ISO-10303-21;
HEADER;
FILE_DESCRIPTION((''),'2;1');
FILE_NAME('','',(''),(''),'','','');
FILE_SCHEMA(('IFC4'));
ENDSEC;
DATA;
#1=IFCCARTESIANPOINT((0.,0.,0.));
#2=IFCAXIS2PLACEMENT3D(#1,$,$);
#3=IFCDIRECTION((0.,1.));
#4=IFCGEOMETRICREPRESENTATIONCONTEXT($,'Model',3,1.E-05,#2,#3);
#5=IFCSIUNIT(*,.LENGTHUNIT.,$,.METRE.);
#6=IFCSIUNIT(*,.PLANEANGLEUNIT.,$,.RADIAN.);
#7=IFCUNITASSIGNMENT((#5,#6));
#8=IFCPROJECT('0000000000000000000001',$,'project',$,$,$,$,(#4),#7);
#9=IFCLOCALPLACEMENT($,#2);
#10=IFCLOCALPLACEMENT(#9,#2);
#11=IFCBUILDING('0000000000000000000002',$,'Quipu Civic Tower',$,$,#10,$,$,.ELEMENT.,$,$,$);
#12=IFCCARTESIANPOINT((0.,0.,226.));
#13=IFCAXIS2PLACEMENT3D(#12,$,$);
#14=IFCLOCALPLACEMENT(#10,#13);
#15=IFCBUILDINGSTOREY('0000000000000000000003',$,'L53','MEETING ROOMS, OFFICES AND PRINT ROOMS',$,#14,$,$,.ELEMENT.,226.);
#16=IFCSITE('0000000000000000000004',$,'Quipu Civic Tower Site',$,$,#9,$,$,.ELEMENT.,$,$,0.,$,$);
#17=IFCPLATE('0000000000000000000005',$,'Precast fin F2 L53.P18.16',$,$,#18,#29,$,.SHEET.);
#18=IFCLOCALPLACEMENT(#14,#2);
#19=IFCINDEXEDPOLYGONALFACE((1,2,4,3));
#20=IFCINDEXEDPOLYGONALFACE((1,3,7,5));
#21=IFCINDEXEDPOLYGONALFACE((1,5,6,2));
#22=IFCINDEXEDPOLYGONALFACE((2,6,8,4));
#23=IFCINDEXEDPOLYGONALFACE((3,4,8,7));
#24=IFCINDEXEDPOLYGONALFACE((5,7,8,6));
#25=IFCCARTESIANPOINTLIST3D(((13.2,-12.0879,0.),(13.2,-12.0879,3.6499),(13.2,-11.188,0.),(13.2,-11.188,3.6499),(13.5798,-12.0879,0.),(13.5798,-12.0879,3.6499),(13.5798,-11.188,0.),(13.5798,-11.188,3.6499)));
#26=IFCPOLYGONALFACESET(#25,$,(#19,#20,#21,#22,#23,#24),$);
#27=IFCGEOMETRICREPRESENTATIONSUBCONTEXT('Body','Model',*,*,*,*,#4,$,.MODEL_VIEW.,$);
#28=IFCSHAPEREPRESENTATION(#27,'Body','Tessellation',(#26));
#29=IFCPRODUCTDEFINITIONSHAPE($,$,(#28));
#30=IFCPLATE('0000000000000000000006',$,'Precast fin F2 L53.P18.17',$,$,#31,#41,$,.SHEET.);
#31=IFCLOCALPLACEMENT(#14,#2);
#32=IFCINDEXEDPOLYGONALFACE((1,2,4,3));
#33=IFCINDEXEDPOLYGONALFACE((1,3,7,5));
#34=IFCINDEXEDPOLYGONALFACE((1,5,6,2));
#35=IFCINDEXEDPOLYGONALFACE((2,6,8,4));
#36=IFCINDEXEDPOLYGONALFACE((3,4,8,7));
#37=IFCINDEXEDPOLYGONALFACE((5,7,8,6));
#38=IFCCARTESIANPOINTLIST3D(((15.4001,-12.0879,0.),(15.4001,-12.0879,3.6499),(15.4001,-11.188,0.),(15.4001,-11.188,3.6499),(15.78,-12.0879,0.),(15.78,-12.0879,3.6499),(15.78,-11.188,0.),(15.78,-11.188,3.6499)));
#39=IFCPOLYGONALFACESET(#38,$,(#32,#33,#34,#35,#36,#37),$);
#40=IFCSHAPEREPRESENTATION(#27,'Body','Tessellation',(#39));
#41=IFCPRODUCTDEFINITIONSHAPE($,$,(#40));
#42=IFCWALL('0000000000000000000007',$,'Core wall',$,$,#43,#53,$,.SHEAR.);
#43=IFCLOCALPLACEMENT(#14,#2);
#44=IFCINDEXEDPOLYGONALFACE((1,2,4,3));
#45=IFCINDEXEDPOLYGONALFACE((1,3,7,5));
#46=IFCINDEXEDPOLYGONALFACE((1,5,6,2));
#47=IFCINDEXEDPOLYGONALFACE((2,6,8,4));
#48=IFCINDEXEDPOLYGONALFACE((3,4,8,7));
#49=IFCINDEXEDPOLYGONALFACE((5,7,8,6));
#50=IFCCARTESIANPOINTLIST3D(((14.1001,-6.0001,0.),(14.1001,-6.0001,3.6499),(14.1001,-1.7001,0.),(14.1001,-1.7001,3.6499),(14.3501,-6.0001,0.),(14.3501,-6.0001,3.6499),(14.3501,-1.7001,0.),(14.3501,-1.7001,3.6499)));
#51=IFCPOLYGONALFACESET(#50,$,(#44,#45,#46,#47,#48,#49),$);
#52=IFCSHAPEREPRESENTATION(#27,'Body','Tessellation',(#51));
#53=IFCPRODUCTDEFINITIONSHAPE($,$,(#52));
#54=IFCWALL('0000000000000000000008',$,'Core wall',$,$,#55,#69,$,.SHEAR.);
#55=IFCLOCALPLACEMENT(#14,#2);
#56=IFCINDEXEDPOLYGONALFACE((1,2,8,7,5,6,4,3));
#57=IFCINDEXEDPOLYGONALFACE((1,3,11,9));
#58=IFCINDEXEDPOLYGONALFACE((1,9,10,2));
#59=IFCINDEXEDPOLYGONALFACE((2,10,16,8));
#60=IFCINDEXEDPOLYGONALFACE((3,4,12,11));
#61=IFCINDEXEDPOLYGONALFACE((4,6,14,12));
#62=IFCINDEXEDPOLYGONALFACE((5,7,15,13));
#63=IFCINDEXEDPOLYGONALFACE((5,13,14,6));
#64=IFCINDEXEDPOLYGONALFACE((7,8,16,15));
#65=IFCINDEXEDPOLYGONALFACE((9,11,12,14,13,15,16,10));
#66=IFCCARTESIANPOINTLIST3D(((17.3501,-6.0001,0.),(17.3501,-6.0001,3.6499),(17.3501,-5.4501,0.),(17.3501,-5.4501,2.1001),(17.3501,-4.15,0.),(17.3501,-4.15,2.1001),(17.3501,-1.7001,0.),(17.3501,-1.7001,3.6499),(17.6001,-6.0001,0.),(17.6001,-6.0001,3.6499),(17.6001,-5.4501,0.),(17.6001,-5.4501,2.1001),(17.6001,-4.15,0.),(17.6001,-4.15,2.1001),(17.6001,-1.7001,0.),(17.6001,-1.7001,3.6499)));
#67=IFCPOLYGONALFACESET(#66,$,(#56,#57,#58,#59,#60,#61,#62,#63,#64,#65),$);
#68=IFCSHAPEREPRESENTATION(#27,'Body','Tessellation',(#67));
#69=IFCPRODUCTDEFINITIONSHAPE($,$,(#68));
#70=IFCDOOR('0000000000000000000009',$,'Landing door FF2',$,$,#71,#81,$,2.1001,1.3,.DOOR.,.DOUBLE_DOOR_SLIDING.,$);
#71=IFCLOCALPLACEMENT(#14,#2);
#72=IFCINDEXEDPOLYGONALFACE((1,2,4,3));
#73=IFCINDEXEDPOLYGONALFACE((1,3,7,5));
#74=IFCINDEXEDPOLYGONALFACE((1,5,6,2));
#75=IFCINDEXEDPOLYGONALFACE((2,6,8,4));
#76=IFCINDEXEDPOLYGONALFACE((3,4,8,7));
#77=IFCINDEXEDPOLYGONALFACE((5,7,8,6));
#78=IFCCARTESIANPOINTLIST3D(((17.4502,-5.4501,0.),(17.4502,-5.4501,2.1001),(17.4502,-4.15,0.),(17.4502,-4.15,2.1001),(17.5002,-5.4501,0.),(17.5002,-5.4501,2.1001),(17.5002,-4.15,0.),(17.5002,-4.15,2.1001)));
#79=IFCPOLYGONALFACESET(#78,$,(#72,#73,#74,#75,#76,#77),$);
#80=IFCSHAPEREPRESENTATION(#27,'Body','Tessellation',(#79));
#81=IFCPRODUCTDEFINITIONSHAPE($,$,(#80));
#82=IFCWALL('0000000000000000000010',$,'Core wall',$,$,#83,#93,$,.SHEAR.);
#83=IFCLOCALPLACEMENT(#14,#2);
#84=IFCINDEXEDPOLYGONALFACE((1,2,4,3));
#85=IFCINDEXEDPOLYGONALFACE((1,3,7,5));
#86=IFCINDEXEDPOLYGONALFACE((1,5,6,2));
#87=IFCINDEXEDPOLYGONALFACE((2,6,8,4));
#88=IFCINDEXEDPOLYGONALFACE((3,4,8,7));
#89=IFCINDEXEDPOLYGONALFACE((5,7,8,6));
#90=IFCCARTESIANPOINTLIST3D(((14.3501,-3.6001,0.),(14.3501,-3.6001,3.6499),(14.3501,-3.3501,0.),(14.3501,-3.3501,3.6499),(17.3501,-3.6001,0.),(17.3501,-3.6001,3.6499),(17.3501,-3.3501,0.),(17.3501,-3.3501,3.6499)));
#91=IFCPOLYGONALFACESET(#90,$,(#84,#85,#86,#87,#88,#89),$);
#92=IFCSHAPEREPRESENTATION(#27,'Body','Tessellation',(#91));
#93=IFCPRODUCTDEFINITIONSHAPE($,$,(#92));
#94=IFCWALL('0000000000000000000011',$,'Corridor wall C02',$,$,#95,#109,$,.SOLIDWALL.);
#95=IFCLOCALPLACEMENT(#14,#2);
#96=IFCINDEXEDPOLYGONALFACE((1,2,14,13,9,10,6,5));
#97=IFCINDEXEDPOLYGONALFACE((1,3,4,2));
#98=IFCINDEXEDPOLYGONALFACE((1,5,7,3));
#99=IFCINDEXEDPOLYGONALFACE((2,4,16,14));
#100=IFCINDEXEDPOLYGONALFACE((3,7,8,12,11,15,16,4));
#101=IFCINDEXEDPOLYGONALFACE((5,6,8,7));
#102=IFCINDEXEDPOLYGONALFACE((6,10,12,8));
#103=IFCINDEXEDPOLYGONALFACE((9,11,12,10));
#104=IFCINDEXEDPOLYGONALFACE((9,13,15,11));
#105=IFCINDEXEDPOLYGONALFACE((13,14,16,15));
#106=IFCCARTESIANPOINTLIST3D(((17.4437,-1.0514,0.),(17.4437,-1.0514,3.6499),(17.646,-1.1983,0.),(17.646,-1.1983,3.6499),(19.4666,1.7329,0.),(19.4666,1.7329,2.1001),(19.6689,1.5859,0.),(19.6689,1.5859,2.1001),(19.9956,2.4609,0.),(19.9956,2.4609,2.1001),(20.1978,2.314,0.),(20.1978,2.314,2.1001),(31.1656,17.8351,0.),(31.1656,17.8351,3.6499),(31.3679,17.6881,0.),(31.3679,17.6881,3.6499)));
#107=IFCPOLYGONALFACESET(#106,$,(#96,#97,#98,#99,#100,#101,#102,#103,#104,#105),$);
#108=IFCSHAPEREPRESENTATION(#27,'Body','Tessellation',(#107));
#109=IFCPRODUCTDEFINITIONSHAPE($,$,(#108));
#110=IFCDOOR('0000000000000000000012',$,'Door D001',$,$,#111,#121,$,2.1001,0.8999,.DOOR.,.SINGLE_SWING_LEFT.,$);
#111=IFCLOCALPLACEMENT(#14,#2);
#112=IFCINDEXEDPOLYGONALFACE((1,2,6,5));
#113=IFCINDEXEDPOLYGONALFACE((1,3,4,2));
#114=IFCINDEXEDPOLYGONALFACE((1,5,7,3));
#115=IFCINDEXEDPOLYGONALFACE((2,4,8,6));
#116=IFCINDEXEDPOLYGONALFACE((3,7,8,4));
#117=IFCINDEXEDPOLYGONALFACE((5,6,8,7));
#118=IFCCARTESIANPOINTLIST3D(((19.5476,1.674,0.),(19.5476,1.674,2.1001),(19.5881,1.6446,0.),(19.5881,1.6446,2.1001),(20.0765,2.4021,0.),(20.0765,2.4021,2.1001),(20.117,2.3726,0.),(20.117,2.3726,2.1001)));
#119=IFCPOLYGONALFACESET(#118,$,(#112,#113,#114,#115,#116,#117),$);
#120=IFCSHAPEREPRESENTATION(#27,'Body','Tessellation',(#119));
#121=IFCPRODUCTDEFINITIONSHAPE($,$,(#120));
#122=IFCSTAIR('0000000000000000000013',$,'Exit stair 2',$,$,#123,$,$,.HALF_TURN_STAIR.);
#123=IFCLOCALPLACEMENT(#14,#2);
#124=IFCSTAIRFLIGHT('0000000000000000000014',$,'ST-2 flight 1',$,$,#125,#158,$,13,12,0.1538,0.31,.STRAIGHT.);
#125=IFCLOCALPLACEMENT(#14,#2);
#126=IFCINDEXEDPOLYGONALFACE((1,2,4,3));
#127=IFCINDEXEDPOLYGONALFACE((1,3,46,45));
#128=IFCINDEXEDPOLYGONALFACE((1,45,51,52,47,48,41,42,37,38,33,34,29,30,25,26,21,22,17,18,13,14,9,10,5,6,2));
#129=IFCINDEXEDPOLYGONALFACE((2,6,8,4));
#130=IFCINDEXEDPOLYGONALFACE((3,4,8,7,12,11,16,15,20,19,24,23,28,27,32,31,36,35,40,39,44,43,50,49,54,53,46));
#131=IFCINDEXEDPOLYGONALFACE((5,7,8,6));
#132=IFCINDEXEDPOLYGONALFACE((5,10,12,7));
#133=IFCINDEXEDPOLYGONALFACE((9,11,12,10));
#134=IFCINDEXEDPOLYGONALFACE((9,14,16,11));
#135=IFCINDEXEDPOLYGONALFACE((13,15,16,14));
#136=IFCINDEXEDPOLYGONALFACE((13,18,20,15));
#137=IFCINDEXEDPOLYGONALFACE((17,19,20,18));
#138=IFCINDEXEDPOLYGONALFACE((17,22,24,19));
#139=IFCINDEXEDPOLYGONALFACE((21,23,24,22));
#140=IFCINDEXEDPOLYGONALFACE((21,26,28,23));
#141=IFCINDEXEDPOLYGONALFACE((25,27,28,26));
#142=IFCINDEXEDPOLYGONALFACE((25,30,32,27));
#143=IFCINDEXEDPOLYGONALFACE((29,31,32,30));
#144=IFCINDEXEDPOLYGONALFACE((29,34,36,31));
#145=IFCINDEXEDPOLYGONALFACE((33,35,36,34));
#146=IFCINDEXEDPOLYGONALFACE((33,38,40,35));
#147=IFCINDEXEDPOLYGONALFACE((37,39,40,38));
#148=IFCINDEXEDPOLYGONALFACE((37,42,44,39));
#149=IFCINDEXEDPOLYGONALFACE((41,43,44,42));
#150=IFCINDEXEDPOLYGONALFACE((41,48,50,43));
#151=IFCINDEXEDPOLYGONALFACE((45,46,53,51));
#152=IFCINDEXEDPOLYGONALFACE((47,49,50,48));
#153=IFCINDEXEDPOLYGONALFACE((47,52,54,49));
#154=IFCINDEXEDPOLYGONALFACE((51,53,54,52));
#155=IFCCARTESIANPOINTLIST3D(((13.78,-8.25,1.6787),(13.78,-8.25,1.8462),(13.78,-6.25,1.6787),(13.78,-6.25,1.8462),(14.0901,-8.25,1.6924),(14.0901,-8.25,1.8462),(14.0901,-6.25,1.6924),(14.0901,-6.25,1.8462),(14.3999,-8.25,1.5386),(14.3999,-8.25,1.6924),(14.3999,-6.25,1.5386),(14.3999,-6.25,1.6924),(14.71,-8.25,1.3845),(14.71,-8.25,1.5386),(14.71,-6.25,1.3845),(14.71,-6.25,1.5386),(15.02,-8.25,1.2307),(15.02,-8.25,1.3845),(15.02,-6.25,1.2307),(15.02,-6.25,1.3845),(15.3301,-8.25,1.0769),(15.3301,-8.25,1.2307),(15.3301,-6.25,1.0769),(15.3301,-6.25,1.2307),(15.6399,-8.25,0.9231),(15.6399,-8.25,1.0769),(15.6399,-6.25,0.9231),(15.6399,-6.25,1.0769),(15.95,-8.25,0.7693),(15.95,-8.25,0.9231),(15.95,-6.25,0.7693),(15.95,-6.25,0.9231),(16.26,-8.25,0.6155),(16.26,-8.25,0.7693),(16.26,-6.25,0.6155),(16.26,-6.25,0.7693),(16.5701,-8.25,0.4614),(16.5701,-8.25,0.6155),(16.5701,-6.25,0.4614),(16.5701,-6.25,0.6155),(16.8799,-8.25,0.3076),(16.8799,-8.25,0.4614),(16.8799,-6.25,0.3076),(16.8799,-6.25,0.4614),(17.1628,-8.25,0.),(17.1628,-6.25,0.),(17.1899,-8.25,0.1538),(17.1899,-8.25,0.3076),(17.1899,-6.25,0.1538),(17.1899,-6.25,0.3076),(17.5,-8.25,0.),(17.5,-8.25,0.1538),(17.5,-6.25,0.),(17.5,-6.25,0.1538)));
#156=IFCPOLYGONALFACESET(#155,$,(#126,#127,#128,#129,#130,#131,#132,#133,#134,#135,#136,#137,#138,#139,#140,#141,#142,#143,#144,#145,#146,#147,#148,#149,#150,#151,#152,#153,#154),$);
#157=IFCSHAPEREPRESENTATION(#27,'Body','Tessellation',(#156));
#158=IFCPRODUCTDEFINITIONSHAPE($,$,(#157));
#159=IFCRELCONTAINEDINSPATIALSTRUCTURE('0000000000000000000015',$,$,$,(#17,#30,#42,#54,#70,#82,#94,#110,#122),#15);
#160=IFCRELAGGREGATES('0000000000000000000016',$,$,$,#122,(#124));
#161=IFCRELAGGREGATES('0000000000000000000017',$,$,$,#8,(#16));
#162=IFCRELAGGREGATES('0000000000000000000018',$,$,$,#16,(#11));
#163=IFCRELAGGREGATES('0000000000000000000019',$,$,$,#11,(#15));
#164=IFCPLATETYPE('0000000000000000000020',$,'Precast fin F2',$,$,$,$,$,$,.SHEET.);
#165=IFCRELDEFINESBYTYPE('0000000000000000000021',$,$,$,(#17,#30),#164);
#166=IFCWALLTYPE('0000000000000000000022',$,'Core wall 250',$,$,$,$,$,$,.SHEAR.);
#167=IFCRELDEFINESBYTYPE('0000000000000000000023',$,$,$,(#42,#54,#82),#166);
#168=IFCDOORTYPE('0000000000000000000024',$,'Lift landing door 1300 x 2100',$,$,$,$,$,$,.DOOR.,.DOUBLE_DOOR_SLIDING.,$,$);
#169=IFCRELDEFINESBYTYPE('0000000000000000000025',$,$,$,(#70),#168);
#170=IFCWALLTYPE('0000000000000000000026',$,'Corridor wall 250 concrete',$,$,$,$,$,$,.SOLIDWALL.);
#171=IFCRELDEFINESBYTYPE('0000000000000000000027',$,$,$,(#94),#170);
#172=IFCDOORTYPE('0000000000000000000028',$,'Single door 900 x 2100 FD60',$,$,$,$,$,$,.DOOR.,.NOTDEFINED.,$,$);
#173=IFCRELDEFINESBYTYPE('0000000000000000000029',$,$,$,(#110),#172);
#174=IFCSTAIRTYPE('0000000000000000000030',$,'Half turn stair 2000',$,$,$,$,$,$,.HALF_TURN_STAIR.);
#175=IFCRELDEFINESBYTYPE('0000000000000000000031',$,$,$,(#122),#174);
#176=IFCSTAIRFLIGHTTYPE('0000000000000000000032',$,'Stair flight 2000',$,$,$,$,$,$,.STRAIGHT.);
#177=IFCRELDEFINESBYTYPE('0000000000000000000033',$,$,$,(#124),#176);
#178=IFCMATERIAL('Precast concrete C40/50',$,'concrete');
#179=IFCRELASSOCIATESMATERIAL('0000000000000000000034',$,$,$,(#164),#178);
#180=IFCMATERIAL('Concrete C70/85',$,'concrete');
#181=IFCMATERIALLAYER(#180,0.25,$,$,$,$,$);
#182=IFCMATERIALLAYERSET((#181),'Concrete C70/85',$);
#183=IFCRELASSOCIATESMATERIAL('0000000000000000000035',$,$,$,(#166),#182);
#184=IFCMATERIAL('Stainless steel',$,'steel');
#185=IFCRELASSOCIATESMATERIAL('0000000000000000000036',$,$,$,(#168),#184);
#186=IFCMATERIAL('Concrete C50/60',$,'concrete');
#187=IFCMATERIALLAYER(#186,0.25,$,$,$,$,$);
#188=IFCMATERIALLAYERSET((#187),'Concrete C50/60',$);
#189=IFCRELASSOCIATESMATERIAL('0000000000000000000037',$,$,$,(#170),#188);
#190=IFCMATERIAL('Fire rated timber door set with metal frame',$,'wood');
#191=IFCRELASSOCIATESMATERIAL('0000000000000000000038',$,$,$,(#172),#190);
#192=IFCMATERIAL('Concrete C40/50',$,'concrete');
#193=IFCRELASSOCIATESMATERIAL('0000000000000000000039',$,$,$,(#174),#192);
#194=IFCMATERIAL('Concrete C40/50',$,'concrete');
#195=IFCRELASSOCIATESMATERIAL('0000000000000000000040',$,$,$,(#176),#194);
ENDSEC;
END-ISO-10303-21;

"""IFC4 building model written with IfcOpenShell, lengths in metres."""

from ifc_helpers import new_model, si_unit, direction, frame, frame_2d, origin, origin_2d, place, context, subcontext, project, spatial, polyline, rectangle, outline, extrude, material, layer, layer_set, type_object, element, fill, aggregate, save


model = new_model("IFC4")

# Units and contexts
model_context = context("Model", 3, precision=1e-05, world=origin(), true_north=direction((0.0, 1.0)))
body_context = subcontext(model_context, "Body", "Model", "MODEL_VIEW")
ifc_project = project(units=[si_unit("LENGTHUNIT", "METRE"), si_unit("PLANEANGLEUNIT", "RADIAN")], contexts=[model_context])

# Site, building, storey
site_placement = place(None, origin())
site = spatial("IfcSite", under=ifc_project, at=site_placement, Name="Quipu Civic Tower Site", CompositionType="ELEMENT", RefElevation=0.0)
building_placement = place(site_placement, origin())
building = spatial("IfcBuilding", under=site, at=building_placement, Name="Quipu Civic Tower", CompositionType="ELEMENT")
storey_placement = place(building_placement, frame((0.0, 0.0, 226.0)))
storey = spatial("IfcBuildingStorey", under=building, at=storey_placement, Name="L53", Description="MEETING ROOMS, OFFICES AND PRINT ROOMS", CompositionType="ELEMENT", Elevation=226.0)

# Plates
ifc_material_1 = material(Name="Precast concrete C40/50", Category="concrete")
plate_type = type_object("IfcPlateType", Name="Precast fin F2", PredefinedType="SHEET", material=ifc_material_1)
for number, where, z_axis, x_axis, name in (
    (1, (13.3899, -11.6379, 0.0), (0.0, 0.0, 1.0), (1.0, 0.0, 0.0), "Precast fin F2 L53.P18.16"),
    (2, (15.5901, -11.6379, 0.0), (0.0, 0.0, 1.0), (1.0, 0.0, 0.0), "Precast fin F2 L53.P18.17"),
):
    element("IfcPlate", number, at=place(storey_placement, frame(where, z_axis=z_axis, x_axis=x_axis)), inside=storey, type_object=plate_type, Name=name, PredefinedType="SHEET", context=body_context, shape_type="SweptSolid", body=[
        extrude(rectangle(XDim=0.3799, YDim=0.8999, at=origin_2d()), origin(), (0.0, 0.0, 1.0), 3.6499),
    ])

# Shared definitions
ifc_material_2 = material(Name="Concrete C70/85", Category="concrete")
ifc_layer_1 = layer(ifc_material_2, 0.25)
ifc_layer_set_1 = layer_set([ifc_layer_1], Name="Concrete C70/85")
wall_type_1 = type_object("IfcWallType", Name="Core wall 250", PredefinedType="SHEAR", material=ifc_layer_set_1)

# Wall
wall_1_placement = place(storey_placement, frame((14.2251, -6.0, 0.0), z_axis=(0.0, 0.0, 1.0), x_axis=(0.0, 1.0, 0.0)))
element("IfcWall", 3, at=wall_1_placement, inside=storey, type_object=wall_type_1, Name="Core wall", PredefinedType="SHEAR", context=body_context, shape_type="SweptSolid", body=[
    extrude(rectangle(XDim=4.3, YDim=0.25, at=frame_2d((2.1499, 0.0))), origin(), (0.0, 0.0, 1.0), 3.6499),
])

# Wall, opening, door
wall_2_placement = place(storey_placement, frame((17.4751, -6.0, 0.0), z_axis=(0.0, 0.0, 1.0), x_axis=(0.0, 1.0, 0.0)))
wall_2 = element("IfcWall", 4, at=wall_2_placement, inside=storey, type_object=wall_type_1, Name="Core wall", PredefinedType="SHEAR", context=body_context, shape_type="SweptSolid", body=[
    extrude(rectangle(XDim=4.3, YDim=0.25, at=frame_2d((2.1499, 0.0))), origin(), (0.0, 0.0, 1.0), 3.6499),
])
opening_1_placement = place(wall_2_placement, frame((0.55, 0.0, 0.0)))
opening_1 = element("IfcOpeningElement", 5, at=opening_1_placement, cuts=wall_2, PredefinedType="OPENING", context=body_context, shape_type="SweptSolid", body=[
    extrude(rectangle(XDim=1.3, YDim=2.1001, at=frame_2d((0.6499, 1.05))), frame((0.0, 0.135, 0.0), z_axis=(0.0, -1.0, 0.0), x_axis=(1.0, 0.0, 0.0)), (0.0, 0.0, 1.0), 0.27),
])
ifc_material_3 = material(Name="Stainless steel", Category="steel")
door_type_1 = type_object("IfcDoorType", Name="Lift landing door 1300 x 2100", OperationType="DOUBLE_DOOR_SLIDING", PredefinedType="DOOR", material=ifc_material_3)
door_1_placement = place(opening_1_placement, origin())
door_1 = element("IfcDoor", 6, at=door_1_placement, inside=storey, type_object=door_type_1, Name="Landing door FF2", OperationType="DOUBLE_DOOR_SLIDING", OverallHeight=2.1001, OverallWidth=1.3, PredefinedType="DOOR", context=body_context, shape_type="SweptSolid", body=[
    extrude(rectangle(XDim=1.3, YDim=2.1001, at=frame_2d((0.6499, 1.05))), frame((0.0, 0.0249, 0.0), z_axis=(0.0, -1.0, 0.0), x_axis=(1.0, 0.0, 0.0)), (0.0, 0.0, 1.0), 0.05),
])
fill(opening_1, door_1)

# Wall
wall_3_placement = place(storey_placement, frame((14.3501, -3.4751, 0.0), z_axis=(0.0, 0.0, 1.0), x_axis=(1.0, 0.0, 0.0)))
element("IfcWall", 7, at=wall_3_placement, inside=storey, type_object=wall_type_1, Name="Core wall", PredefinedType="SHEAR", context=body_context, shape_type="SweptSolid", body=[
    extrude(rectangle(XDim=3.0, YDim=0.25, at=frame_2d((1.5, 0.0))), origin(), (0.0, 0.0, 1.0), 3.6499),
])

# Wall, opening, door
ifc_material_4 = material(Name="Concrete C50/60", Category="concrete")
ifc_layer_2 = layer(ifc_material_4, 0.25)
ifc_layer_set_2 = layer_set([ifc_layer_2], Name="Concrete C50/60")
wall_type_2 = type_object("IfcWallType", Name="Corridor wall 250 concrete", PredefinedType="SOLIDWALL", material=ifc_layer_set_2)
wall_4_placement = place(storey_placement, frame((17.5449, -1.1248, 0.0), z_axis=(0.0, 0.0, 1.0), x_axis=(0.587788, 0.809015, 0.0)))
wall_4 = element("IfcWall", 8, at=wall_4_placement, inside=storey, type_object=wall_type_2, Name="Corridor wall C02", PredefinedType="SOLIDWALL", context=body_context, shape_type="SweptSolid", body=[
    extrude(rectangle(XDim=23.345, YDim=0.25, at=frame_2d((11.6724, 0.0))), origin(), (0.0, 0.0, 1.0), 3.6499),
])
opening_2_placement = place(wall_4_placement, frame((3.4414, 0.0, 0.0)))
opening_2 = element("IfcOpeningElement", 9, at=opening_2_placement, cuts=wall_4, PredefinedType="OPENING", context=body_context, shape_type="SweptSolid", body=[
    extrude(rectangle(XDim=0.8999, YDim=2.1001, at=frame_2d((0.45, 1.05))), frame((0.0, 0.135, 0.0), z_axis=(0.0, -1.0, 0.0), x_axis=(1.0, 0.0, 0.0)), (0.0, 0.0, 1.0), 0.27),
])
ifc_material_5 = material(Name="Fire rated timber door set with metal frame", Category="wood")
door_type_2 = type_object("IfcDoorType", Name="Single door 900 x 2100 FD60", OperationType="NOTDEFINED", PredefinedType="DOOR", material=ifc_material_5)
door_2_placement = place(opening_2_placement, origin())
door_2 = element("IfcDoor", 10, at=door_2_placement, inside=storey, type_object=door_type_2, Name="Door D001", OperationType="SINGLE_SWING_LEFT", OverallHeight=2.1001, OverallWidth=0.8999, PredefinedType="DOOR", context=body_context, shape_type="SweptSolid", body=[
    extrude(rectangle(XDim=0.8999, YDim=2.1001, at=frame_2d((0.45, 1.05))), frame((0.0, 0.0249, 0.0), z_axis=(0.0, -1.0, 0.0), x_axis=(1.0, 0.0, 0.0)), (0.0, 0.0, 1.0), 0.05),
])
fill(opening_2, door_2)

# Stair, stair flight
ifc_material_6 = material(Name="Concrete C40/50", Category="concrete")
stair_type = type_object("IfcStairType", Name="Half turn stair 2000", PredefinedType="HALF_TURN_STAIR", material=ifc_material_6)
stair_placement = place(storey_placement, origin())
stair = element("IfcStair", 11, at=stair_placement, inside=storey, type_object=stair_type, Name="Exit stair 2", PredefinedType="HALF_TURN_STAIR")
ifc_material_7 = material(Name="Concrete C40/50", Category="concrete")
stair_flight_type = type_object("IfcStairFlightType", Name="Stair flight 2000", PredefinedType="STRAIGHT", material=ifc_material_7)
stair_flight_1_placement = place(storey_placement, frame((17.5, -7.25, 0.0), z_axis=(0.0, 0.0, 1.0), x_axis=(-1.0, 0.0, 0.0)))
stair_flight_1 = element("IfcStairFlight", 12, at=stair_flight_1_placement, type_object=stair_flight_type, Name="ST-2 flight 1", NumberOfRisers=13, NumberOfTreads=12, PredefinedType="STRAIGHT", RiserHeight=0.1538, TreadLength=0.31, context=body_context, shape_type="SweptSolid", body=[
    extrude(outline(polyline([(0.0, 0.0), (0.0, 0.1538), (0.3101, 0.1538), (0.3101, 0.3076), (0.6201, 0.3076), (0.6201, 0.4614), (0.9299, 0.4614), (0.9299, 0.6155), (1.24, 0.6155), (1.24, 0.7693), (1.55, 0.7693), (1.55, 0.9231), (1.8601, 0.9231), (1.8601, 1.0769), (2.1699, 1.0769), (2.1699, 1.2307), (2.48, 1.2307), (2.48, 1.3845), (2.79, 1.3845), (2.79, 1.5386), (3.1001, 1.5386), (3.1001, 1.6924), (3.4099, 1.6924), (3.4099, 1.8462), (3.72, 1.8462), (3.72, 2.0), (3.72, 1.6787), (0.3372, 0.0), (0.0, 0.0)])), frame((0.0, 1.0, 0.0), z_axis=(0.0, -1.0, 0.0), x_axis=(1.0, 0.0, 0.0)), (0.0, 0.0, 1.0), 2.0),
])
aggregate(stair, [stair_flight_1])

save(model, "model.ifc")
